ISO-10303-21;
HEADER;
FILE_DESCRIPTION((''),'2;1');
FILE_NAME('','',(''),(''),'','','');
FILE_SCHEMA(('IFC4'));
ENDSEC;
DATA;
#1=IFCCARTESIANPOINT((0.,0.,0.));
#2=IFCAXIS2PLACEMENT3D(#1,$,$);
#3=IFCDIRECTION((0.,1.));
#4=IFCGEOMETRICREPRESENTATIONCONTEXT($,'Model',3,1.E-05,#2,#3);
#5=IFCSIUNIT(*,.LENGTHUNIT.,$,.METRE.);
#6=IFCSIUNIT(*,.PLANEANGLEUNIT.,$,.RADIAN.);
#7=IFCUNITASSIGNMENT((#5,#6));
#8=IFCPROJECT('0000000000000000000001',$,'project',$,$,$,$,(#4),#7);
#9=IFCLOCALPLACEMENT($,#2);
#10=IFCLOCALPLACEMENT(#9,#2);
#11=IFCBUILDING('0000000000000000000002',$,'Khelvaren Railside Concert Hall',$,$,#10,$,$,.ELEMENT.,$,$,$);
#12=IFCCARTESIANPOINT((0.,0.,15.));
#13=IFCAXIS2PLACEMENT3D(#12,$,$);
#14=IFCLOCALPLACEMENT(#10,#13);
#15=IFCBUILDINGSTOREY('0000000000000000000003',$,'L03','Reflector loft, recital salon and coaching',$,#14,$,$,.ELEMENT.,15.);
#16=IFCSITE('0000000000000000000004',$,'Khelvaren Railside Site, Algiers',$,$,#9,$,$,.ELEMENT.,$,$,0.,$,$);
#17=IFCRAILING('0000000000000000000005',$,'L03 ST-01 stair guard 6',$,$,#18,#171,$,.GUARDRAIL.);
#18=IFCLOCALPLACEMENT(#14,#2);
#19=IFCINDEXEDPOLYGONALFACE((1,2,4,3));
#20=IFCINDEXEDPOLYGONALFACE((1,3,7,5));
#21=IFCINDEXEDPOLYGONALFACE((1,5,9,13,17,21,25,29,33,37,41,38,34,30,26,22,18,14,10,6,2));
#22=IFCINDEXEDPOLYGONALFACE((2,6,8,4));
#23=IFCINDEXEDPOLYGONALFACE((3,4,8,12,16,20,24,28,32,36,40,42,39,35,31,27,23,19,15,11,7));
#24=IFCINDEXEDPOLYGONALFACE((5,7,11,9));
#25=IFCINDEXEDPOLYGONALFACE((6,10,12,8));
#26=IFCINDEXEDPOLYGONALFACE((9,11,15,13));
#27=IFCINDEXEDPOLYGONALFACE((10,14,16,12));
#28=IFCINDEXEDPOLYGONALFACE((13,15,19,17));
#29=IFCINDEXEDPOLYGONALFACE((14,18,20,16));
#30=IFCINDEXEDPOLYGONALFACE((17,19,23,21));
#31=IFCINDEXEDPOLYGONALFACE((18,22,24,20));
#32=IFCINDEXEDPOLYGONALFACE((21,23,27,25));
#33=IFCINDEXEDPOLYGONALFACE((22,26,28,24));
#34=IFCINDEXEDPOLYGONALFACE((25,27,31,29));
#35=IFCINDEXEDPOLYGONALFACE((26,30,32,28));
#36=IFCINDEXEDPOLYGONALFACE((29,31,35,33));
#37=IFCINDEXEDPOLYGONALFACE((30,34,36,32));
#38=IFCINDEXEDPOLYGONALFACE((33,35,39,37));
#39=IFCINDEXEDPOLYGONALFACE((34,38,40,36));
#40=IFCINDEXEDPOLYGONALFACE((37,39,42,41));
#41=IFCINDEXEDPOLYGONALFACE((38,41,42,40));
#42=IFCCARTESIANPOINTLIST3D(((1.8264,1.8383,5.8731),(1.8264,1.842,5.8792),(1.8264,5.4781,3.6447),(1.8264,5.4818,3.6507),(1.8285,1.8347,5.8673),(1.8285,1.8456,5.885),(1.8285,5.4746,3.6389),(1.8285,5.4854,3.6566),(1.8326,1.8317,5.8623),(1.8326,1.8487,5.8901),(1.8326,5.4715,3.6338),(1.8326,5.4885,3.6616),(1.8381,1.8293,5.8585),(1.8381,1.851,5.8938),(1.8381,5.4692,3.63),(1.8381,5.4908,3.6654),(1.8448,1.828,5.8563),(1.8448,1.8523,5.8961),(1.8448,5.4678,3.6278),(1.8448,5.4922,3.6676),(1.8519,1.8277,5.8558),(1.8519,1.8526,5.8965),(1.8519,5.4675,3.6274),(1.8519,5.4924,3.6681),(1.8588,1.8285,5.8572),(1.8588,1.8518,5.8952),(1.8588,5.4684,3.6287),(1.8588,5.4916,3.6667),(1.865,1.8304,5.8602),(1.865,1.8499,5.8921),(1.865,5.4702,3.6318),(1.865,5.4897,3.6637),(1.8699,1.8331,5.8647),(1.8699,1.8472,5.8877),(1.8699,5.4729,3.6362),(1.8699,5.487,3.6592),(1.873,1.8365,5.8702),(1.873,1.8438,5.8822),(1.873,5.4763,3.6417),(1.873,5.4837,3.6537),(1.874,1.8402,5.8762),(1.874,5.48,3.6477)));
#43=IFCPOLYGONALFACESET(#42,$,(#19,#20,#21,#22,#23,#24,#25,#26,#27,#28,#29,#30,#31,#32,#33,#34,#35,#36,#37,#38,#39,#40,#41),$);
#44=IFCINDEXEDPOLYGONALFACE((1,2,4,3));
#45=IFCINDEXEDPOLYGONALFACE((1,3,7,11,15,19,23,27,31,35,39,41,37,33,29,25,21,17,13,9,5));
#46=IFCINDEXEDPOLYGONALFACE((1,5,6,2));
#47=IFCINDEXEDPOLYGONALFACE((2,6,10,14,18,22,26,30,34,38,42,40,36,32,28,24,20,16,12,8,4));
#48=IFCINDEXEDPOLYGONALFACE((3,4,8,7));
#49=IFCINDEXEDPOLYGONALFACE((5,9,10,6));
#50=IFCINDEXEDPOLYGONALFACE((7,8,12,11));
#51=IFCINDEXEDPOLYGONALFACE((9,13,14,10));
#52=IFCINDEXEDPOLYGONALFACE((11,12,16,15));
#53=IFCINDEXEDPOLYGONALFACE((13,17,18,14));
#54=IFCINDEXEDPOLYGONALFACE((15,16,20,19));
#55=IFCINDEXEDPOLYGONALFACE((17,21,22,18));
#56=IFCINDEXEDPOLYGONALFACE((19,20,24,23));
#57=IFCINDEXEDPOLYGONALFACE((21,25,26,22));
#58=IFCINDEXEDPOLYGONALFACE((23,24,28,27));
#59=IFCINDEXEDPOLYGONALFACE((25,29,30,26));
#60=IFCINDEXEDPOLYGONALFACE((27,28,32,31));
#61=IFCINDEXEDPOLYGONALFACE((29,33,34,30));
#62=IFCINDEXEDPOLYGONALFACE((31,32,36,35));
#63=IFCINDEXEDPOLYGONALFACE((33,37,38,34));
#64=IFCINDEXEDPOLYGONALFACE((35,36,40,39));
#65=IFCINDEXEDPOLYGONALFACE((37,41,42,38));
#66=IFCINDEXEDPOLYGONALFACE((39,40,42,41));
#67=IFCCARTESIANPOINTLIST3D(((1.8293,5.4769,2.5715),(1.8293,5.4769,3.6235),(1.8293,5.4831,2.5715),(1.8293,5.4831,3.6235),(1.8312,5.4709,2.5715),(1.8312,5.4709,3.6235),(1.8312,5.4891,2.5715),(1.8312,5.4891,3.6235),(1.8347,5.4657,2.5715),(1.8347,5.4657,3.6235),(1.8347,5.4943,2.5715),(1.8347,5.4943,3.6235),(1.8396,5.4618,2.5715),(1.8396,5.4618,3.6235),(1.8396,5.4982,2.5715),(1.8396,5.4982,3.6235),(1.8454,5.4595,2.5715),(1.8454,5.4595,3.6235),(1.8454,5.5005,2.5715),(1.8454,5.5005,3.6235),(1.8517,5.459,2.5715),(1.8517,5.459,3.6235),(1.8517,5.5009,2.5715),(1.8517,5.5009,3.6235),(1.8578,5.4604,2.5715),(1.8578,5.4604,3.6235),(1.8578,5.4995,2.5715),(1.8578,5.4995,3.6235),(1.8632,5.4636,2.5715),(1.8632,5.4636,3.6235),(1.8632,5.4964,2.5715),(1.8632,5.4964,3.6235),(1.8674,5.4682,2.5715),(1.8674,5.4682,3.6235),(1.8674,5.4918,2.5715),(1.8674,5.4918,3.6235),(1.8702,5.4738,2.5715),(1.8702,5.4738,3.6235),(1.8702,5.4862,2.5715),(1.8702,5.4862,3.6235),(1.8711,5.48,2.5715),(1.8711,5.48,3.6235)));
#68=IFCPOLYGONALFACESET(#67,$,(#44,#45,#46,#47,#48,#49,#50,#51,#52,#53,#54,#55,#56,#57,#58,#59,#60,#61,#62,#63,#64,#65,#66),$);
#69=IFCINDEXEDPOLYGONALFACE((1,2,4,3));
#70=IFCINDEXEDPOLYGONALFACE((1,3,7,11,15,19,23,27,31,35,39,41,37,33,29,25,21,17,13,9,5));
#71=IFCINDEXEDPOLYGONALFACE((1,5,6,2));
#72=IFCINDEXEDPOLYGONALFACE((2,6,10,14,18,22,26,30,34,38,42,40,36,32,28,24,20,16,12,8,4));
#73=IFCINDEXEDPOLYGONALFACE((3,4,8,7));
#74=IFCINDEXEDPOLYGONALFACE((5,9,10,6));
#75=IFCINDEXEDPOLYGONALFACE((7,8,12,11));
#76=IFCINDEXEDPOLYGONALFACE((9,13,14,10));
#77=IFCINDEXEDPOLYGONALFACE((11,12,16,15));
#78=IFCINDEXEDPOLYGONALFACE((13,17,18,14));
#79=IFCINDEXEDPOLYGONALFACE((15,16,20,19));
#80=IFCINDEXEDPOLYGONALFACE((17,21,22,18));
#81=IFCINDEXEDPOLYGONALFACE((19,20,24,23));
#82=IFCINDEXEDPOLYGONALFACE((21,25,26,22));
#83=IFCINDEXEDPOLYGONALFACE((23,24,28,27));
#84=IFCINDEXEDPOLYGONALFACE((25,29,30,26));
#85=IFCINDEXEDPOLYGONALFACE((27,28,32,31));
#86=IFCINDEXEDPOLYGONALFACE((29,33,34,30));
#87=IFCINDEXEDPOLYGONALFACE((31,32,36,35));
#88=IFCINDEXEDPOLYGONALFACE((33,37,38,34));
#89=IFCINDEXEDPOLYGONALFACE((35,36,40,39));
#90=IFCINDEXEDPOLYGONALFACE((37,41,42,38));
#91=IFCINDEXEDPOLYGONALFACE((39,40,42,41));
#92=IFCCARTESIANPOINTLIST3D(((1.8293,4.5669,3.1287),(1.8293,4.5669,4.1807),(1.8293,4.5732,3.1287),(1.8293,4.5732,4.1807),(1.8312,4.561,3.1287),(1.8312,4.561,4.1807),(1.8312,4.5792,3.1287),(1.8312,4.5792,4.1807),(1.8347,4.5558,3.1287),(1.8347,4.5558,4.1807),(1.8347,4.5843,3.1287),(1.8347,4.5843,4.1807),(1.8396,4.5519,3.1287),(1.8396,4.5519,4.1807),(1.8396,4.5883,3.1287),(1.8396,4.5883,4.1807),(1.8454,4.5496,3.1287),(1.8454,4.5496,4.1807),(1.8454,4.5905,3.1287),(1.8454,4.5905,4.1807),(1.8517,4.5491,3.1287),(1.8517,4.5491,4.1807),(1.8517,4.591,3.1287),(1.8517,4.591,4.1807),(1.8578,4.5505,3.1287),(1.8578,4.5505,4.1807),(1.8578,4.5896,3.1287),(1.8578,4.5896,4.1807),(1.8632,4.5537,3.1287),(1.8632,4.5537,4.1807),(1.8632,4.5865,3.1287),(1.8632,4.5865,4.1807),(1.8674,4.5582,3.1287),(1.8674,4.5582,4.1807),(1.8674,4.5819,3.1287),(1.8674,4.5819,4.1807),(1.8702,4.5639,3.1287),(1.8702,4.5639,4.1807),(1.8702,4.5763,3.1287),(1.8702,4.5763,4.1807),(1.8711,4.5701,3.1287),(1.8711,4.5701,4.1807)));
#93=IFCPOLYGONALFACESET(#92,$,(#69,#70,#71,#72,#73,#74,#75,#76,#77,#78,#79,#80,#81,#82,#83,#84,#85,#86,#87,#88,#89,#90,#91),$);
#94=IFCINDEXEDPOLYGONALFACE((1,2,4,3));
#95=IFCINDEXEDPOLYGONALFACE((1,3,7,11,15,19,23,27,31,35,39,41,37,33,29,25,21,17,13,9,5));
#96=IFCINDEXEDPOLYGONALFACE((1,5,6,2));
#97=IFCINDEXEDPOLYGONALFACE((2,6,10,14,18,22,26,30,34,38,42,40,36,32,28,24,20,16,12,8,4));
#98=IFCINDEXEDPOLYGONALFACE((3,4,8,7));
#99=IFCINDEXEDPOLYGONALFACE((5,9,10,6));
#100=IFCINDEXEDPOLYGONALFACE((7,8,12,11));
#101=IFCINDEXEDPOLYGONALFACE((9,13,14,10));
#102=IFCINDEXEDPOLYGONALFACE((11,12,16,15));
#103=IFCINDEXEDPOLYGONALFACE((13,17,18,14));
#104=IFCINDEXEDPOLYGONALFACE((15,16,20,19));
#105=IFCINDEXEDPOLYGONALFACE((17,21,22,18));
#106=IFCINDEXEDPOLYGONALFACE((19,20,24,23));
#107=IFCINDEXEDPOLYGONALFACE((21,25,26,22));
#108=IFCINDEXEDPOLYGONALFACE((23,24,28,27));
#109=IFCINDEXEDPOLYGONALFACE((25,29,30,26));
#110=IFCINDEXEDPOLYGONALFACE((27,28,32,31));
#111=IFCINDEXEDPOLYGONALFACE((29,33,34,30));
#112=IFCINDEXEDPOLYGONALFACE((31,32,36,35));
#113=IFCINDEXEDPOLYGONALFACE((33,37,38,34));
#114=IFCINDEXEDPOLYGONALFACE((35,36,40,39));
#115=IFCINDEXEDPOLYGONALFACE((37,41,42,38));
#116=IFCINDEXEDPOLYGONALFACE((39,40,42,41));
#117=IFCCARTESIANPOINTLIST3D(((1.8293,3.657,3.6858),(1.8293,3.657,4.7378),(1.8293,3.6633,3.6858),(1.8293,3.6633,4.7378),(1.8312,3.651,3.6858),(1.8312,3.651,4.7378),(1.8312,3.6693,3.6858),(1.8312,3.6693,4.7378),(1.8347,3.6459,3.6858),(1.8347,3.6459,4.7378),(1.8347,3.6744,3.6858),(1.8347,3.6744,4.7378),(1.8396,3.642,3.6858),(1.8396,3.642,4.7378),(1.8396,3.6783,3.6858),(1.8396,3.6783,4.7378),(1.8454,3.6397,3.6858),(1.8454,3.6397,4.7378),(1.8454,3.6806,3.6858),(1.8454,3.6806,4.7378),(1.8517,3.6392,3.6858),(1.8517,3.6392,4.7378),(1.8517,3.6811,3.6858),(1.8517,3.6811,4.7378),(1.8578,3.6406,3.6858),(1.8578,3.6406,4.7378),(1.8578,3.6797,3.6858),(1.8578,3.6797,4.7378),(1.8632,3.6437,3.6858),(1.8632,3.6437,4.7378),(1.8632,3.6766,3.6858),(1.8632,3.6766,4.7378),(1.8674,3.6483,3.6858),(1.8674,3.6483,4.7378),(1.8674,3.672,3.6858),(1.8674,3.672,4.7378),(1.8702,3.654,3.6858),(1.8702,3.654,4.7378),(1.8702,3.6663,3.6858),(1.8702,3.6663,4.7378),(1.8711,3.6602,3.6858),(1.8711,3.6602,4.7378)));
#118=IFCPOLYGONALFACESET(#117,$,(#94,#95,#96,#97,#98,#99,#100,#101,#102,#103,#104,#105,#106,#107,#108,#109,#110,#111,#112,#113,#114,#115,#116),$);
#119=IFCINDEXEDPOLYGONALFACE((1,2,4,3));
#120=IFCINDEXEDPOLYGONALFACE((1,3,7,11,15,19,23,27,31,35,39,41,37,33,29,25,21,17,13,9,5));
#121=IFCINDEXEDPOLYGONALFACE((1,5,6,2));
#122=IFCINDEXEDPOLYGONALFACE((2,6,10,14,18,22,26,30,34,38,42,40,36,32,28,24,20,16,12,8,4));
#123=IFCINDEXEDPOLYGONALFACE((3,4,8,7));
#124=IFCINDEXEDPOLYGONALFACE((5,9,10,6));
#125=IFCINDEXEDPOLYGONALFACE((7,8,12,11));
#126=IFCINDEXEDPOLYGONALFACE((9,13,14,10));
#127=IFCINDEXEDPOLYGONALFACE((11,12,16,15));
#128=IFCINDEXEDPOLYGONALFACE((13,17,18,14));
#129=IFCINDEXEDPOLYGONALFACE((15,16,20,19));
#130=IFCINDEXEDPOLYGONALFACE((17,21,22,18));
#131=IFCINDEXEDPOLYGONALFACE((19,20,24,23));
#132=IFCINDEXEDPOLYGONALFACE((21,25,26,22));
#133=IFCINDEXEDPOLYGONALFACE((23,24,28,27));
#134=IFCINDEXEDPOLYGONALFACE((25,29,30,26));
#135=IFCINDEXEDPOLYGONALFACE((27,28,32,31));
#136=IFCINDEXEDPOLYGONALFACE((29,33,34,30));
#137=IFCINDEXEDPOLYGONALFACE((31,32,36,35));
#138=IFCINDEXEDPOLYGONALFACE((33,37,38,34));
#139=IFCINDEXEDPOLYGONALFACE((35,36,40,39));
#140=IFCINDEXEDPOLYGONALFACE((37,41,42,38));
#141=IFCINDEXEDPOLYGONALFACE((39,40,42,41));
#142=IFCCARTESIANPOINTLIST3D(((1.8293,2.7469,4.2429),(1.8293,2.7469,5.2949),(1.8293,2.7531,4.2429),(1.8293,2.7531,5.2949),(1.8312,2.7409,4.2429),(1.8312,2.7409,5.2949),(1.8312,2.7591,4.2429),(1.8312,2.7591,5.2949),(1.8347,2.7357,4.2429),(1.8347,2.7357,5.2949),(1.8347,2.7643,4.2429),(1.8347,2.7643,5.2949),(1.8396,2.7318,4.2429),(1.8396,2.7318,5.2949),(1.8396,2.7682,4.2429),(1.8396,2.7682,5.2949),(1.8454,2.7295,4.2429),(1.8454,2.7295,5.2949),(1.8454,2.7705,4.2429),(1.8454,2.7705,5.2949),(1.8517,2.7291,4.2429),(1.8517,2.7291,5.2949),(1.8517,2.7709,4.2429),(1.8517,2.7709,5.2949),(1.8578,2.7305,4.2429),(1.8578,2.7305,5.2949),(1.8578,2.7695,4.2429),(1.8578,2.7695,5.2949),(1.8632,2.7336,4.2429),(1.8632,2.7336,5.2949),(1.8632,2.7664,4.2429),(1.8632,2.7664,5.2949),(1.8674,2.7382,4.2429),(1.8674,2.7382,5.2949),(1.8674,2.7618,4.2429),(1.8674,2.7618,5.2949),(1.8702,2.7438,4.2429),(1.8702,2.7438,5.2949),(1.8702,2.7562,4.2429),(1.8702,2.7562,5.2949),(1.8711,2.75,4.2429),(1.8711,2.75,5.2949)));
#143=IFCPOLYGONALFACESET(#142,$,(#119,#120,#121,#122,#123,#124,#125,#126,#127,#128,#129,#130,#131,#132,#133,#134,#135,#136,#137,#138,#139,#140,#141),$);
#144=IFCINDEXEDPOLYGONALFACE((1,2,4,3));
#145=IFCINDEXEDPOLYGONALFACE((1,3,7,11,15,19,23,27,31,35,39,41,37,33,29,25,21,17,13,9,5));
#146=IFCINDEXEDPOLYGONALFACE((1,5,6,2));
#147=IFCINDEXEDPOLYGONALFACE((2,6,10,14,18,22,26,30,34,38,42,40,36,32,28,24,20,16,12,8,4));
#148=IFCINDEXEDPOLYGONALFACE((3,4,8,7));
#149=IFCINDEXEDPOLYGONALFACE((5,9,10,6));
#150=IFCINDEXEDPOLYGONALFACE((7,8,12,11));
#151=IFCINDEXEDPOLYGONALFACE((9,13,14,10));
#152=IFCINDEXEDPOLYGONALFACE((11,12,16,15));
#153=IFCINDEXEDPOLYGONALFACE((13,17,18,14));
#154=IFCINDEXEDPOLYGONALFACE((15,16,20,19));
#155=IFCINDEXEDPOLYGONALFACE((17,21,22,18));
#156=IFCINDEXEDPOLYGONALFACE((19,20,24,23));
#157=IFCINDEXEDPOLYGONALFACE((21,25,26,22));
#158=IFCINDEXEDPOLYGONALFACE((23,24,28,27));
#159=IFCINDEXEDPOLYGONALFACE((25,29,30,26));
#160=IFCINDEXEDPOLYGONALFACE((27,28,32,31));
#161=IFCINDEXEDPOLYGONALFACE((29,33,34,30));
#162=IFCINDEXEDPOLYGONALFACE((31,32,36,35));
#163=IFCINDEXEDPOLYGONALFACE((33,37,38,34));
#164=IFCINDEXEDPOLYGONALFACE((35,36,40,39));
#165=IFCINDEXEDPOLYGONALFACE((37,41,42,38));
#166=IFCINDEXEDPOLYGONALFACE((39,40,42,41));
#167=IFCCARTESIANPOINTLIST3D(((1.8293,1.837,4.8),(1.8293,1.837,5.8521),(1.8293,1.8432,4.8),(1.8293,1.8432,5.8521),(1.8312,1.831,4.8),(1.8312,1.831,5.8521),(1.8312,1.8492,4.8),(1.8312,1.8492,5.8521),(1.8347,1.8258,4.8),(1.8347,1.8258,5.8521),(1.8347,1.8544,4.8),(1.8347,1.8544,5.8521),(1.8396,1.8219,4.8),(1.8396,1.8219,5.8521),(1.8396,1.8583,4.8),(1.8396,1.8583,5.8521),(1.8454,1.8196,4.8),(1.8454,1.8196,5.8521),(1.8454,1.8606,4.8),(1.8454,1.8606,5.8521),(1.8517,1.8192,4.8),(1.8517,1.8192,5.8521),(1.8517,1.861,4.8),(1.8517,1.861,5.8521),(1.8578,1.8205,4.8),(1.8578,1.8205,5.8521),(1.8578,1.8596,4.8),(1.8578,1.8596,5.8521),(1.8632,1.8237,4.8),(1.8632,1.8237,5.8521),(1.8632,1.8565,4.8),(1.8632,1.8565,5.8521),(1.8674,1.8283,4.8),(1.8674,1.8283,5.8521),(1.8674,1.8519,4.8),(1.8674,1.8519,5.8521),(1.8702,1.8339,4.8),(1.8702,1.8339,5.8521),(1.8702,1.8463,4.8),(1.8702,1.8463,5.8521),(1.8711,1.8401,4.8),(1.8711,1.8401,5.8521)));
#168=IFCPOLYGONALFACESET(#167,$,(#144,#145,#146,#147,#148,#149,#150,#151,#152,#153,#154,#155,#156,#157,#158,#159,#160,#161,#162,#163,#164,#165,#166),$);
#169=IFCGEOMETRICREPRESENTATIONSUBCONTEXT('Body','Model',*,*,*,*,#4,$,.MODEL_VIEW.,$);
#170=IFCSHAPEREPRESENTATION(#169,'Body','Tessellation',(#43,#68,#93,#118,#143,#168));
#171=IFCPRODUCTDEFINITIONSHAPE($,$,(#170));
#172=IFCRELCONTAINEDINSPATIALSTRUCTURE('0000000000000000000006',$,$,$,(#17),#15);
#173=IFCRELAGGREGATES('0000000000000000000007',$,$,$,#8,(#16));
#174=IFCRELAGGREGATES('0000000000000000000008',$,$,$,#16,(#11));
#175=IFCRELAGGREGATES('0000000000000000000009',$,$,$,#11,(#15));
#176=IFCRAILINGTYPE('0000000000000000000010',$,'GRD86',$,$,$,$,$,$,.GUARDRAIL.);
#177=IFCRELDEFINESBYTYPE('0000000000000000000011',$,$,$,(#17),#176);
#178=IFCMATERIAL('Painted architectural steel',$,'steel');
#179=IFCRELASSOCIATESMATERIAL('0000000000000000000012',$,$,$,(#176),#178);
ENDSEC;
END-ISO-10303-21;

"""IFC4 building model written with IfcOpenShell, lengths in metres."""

from ifc_helpers import new_model, si_unit, direction, frame, origin, origin_2d, place, context, subcontext, project, spatial, circle, extrude, material, type_object, element, save


model = new_model("IFC4")

# Units and contexts
model_context = context("Model", 3, precision=1e-05, world=origin(), true_north=direction((0.0, 1.0)))
body_context = subcontext(model_context, "Body", "Model", "MODEL_VIEW")
ifc_project = project(units=[si_unit("LENGTHUNIT", "METRE"), si_unit("PLANEANGLEUNIT", "RADIAN")], contexts=[model_context])

# Site, building, storey
site_placement = place(None, origin())
site = spatial("IfcSite", under=ifc_project, at=site_placement, Name="Khelvaren Railside Site, Algiers", CompositionType="ELEMENT", RefElevation=0.0)
building_placement = place(site_placement, origin())
building = spatial("IfcBuilding", under=site, at=building_placement, Name="Khelvaren Railside Concert Hall", CompositionType="ELEMENT")
storey_placement = place(building_placement, frame((0.0, 0.0, 15.0)))
storey = spatial("IfcBuildingStorey", under=building, at=storey_placement, Name="L03", Description="Reflector loft, recital salon and coaching", CompositionType="ELEMENT", Elevation=15.0)

# Railing
ifc_material_1 = material(Name="Painted architectural steel", Category="steel")
railing_type_1 = type_object("IfcRailingType", Name="GRD86", PredefinedType="GUARDRAIL", material=ifc_material_1)
railing_1_placement = place(storey_placement, frame((1.8501, 5.48, 2.5715)))
element("IfcRailing", 1, at=railing_1_placement, inside=storey, type_object=railing_type_1, Name="L03 ST-01 stair guard 6", PredefinedType="GUARDRAIL", context=body_context, shape_type="SweptSolid", body=[
    extrude(circle(Radius=0.0239, at=origin_2d()), frame((0.0, 0.0, 1.0762), z_axis=(0.0, -0.85285, 0.522156), x_axis=(1.0, 0.0, 0.0)), (0.0, 0.0, 1.0), 4.2678),
    extrude(circle(Radius=0.021, at=origin_2d()), origin(), (0.0, 0.0, 1.0), 1.052),
    extrude(circle(Radius=0.021, at=origin_2d()), frame((0.0, -0.9099, 0.5571)), (0.0, 0.0, 1.0), 1.052),
    extrude(circle(Radius=0.021, at=origin_2d()), frame((0.0, -1.8198, 1.1143)), (0.0, 0.0, 1.0), 1.052),
    extrude(circle(Radius=0.021, at=origin_2d()), frame((0.0, -2.73, 1.6714)), (0.0, 0.0, 1.0), 1.052),
    extrude(circle(Radius=0.021, at=origin_2d()), frame((0.0, -3.6399, 2.2285)), (0.0, 0.0, 1.0), 1.052),
])

save(model, "model.ifc")
